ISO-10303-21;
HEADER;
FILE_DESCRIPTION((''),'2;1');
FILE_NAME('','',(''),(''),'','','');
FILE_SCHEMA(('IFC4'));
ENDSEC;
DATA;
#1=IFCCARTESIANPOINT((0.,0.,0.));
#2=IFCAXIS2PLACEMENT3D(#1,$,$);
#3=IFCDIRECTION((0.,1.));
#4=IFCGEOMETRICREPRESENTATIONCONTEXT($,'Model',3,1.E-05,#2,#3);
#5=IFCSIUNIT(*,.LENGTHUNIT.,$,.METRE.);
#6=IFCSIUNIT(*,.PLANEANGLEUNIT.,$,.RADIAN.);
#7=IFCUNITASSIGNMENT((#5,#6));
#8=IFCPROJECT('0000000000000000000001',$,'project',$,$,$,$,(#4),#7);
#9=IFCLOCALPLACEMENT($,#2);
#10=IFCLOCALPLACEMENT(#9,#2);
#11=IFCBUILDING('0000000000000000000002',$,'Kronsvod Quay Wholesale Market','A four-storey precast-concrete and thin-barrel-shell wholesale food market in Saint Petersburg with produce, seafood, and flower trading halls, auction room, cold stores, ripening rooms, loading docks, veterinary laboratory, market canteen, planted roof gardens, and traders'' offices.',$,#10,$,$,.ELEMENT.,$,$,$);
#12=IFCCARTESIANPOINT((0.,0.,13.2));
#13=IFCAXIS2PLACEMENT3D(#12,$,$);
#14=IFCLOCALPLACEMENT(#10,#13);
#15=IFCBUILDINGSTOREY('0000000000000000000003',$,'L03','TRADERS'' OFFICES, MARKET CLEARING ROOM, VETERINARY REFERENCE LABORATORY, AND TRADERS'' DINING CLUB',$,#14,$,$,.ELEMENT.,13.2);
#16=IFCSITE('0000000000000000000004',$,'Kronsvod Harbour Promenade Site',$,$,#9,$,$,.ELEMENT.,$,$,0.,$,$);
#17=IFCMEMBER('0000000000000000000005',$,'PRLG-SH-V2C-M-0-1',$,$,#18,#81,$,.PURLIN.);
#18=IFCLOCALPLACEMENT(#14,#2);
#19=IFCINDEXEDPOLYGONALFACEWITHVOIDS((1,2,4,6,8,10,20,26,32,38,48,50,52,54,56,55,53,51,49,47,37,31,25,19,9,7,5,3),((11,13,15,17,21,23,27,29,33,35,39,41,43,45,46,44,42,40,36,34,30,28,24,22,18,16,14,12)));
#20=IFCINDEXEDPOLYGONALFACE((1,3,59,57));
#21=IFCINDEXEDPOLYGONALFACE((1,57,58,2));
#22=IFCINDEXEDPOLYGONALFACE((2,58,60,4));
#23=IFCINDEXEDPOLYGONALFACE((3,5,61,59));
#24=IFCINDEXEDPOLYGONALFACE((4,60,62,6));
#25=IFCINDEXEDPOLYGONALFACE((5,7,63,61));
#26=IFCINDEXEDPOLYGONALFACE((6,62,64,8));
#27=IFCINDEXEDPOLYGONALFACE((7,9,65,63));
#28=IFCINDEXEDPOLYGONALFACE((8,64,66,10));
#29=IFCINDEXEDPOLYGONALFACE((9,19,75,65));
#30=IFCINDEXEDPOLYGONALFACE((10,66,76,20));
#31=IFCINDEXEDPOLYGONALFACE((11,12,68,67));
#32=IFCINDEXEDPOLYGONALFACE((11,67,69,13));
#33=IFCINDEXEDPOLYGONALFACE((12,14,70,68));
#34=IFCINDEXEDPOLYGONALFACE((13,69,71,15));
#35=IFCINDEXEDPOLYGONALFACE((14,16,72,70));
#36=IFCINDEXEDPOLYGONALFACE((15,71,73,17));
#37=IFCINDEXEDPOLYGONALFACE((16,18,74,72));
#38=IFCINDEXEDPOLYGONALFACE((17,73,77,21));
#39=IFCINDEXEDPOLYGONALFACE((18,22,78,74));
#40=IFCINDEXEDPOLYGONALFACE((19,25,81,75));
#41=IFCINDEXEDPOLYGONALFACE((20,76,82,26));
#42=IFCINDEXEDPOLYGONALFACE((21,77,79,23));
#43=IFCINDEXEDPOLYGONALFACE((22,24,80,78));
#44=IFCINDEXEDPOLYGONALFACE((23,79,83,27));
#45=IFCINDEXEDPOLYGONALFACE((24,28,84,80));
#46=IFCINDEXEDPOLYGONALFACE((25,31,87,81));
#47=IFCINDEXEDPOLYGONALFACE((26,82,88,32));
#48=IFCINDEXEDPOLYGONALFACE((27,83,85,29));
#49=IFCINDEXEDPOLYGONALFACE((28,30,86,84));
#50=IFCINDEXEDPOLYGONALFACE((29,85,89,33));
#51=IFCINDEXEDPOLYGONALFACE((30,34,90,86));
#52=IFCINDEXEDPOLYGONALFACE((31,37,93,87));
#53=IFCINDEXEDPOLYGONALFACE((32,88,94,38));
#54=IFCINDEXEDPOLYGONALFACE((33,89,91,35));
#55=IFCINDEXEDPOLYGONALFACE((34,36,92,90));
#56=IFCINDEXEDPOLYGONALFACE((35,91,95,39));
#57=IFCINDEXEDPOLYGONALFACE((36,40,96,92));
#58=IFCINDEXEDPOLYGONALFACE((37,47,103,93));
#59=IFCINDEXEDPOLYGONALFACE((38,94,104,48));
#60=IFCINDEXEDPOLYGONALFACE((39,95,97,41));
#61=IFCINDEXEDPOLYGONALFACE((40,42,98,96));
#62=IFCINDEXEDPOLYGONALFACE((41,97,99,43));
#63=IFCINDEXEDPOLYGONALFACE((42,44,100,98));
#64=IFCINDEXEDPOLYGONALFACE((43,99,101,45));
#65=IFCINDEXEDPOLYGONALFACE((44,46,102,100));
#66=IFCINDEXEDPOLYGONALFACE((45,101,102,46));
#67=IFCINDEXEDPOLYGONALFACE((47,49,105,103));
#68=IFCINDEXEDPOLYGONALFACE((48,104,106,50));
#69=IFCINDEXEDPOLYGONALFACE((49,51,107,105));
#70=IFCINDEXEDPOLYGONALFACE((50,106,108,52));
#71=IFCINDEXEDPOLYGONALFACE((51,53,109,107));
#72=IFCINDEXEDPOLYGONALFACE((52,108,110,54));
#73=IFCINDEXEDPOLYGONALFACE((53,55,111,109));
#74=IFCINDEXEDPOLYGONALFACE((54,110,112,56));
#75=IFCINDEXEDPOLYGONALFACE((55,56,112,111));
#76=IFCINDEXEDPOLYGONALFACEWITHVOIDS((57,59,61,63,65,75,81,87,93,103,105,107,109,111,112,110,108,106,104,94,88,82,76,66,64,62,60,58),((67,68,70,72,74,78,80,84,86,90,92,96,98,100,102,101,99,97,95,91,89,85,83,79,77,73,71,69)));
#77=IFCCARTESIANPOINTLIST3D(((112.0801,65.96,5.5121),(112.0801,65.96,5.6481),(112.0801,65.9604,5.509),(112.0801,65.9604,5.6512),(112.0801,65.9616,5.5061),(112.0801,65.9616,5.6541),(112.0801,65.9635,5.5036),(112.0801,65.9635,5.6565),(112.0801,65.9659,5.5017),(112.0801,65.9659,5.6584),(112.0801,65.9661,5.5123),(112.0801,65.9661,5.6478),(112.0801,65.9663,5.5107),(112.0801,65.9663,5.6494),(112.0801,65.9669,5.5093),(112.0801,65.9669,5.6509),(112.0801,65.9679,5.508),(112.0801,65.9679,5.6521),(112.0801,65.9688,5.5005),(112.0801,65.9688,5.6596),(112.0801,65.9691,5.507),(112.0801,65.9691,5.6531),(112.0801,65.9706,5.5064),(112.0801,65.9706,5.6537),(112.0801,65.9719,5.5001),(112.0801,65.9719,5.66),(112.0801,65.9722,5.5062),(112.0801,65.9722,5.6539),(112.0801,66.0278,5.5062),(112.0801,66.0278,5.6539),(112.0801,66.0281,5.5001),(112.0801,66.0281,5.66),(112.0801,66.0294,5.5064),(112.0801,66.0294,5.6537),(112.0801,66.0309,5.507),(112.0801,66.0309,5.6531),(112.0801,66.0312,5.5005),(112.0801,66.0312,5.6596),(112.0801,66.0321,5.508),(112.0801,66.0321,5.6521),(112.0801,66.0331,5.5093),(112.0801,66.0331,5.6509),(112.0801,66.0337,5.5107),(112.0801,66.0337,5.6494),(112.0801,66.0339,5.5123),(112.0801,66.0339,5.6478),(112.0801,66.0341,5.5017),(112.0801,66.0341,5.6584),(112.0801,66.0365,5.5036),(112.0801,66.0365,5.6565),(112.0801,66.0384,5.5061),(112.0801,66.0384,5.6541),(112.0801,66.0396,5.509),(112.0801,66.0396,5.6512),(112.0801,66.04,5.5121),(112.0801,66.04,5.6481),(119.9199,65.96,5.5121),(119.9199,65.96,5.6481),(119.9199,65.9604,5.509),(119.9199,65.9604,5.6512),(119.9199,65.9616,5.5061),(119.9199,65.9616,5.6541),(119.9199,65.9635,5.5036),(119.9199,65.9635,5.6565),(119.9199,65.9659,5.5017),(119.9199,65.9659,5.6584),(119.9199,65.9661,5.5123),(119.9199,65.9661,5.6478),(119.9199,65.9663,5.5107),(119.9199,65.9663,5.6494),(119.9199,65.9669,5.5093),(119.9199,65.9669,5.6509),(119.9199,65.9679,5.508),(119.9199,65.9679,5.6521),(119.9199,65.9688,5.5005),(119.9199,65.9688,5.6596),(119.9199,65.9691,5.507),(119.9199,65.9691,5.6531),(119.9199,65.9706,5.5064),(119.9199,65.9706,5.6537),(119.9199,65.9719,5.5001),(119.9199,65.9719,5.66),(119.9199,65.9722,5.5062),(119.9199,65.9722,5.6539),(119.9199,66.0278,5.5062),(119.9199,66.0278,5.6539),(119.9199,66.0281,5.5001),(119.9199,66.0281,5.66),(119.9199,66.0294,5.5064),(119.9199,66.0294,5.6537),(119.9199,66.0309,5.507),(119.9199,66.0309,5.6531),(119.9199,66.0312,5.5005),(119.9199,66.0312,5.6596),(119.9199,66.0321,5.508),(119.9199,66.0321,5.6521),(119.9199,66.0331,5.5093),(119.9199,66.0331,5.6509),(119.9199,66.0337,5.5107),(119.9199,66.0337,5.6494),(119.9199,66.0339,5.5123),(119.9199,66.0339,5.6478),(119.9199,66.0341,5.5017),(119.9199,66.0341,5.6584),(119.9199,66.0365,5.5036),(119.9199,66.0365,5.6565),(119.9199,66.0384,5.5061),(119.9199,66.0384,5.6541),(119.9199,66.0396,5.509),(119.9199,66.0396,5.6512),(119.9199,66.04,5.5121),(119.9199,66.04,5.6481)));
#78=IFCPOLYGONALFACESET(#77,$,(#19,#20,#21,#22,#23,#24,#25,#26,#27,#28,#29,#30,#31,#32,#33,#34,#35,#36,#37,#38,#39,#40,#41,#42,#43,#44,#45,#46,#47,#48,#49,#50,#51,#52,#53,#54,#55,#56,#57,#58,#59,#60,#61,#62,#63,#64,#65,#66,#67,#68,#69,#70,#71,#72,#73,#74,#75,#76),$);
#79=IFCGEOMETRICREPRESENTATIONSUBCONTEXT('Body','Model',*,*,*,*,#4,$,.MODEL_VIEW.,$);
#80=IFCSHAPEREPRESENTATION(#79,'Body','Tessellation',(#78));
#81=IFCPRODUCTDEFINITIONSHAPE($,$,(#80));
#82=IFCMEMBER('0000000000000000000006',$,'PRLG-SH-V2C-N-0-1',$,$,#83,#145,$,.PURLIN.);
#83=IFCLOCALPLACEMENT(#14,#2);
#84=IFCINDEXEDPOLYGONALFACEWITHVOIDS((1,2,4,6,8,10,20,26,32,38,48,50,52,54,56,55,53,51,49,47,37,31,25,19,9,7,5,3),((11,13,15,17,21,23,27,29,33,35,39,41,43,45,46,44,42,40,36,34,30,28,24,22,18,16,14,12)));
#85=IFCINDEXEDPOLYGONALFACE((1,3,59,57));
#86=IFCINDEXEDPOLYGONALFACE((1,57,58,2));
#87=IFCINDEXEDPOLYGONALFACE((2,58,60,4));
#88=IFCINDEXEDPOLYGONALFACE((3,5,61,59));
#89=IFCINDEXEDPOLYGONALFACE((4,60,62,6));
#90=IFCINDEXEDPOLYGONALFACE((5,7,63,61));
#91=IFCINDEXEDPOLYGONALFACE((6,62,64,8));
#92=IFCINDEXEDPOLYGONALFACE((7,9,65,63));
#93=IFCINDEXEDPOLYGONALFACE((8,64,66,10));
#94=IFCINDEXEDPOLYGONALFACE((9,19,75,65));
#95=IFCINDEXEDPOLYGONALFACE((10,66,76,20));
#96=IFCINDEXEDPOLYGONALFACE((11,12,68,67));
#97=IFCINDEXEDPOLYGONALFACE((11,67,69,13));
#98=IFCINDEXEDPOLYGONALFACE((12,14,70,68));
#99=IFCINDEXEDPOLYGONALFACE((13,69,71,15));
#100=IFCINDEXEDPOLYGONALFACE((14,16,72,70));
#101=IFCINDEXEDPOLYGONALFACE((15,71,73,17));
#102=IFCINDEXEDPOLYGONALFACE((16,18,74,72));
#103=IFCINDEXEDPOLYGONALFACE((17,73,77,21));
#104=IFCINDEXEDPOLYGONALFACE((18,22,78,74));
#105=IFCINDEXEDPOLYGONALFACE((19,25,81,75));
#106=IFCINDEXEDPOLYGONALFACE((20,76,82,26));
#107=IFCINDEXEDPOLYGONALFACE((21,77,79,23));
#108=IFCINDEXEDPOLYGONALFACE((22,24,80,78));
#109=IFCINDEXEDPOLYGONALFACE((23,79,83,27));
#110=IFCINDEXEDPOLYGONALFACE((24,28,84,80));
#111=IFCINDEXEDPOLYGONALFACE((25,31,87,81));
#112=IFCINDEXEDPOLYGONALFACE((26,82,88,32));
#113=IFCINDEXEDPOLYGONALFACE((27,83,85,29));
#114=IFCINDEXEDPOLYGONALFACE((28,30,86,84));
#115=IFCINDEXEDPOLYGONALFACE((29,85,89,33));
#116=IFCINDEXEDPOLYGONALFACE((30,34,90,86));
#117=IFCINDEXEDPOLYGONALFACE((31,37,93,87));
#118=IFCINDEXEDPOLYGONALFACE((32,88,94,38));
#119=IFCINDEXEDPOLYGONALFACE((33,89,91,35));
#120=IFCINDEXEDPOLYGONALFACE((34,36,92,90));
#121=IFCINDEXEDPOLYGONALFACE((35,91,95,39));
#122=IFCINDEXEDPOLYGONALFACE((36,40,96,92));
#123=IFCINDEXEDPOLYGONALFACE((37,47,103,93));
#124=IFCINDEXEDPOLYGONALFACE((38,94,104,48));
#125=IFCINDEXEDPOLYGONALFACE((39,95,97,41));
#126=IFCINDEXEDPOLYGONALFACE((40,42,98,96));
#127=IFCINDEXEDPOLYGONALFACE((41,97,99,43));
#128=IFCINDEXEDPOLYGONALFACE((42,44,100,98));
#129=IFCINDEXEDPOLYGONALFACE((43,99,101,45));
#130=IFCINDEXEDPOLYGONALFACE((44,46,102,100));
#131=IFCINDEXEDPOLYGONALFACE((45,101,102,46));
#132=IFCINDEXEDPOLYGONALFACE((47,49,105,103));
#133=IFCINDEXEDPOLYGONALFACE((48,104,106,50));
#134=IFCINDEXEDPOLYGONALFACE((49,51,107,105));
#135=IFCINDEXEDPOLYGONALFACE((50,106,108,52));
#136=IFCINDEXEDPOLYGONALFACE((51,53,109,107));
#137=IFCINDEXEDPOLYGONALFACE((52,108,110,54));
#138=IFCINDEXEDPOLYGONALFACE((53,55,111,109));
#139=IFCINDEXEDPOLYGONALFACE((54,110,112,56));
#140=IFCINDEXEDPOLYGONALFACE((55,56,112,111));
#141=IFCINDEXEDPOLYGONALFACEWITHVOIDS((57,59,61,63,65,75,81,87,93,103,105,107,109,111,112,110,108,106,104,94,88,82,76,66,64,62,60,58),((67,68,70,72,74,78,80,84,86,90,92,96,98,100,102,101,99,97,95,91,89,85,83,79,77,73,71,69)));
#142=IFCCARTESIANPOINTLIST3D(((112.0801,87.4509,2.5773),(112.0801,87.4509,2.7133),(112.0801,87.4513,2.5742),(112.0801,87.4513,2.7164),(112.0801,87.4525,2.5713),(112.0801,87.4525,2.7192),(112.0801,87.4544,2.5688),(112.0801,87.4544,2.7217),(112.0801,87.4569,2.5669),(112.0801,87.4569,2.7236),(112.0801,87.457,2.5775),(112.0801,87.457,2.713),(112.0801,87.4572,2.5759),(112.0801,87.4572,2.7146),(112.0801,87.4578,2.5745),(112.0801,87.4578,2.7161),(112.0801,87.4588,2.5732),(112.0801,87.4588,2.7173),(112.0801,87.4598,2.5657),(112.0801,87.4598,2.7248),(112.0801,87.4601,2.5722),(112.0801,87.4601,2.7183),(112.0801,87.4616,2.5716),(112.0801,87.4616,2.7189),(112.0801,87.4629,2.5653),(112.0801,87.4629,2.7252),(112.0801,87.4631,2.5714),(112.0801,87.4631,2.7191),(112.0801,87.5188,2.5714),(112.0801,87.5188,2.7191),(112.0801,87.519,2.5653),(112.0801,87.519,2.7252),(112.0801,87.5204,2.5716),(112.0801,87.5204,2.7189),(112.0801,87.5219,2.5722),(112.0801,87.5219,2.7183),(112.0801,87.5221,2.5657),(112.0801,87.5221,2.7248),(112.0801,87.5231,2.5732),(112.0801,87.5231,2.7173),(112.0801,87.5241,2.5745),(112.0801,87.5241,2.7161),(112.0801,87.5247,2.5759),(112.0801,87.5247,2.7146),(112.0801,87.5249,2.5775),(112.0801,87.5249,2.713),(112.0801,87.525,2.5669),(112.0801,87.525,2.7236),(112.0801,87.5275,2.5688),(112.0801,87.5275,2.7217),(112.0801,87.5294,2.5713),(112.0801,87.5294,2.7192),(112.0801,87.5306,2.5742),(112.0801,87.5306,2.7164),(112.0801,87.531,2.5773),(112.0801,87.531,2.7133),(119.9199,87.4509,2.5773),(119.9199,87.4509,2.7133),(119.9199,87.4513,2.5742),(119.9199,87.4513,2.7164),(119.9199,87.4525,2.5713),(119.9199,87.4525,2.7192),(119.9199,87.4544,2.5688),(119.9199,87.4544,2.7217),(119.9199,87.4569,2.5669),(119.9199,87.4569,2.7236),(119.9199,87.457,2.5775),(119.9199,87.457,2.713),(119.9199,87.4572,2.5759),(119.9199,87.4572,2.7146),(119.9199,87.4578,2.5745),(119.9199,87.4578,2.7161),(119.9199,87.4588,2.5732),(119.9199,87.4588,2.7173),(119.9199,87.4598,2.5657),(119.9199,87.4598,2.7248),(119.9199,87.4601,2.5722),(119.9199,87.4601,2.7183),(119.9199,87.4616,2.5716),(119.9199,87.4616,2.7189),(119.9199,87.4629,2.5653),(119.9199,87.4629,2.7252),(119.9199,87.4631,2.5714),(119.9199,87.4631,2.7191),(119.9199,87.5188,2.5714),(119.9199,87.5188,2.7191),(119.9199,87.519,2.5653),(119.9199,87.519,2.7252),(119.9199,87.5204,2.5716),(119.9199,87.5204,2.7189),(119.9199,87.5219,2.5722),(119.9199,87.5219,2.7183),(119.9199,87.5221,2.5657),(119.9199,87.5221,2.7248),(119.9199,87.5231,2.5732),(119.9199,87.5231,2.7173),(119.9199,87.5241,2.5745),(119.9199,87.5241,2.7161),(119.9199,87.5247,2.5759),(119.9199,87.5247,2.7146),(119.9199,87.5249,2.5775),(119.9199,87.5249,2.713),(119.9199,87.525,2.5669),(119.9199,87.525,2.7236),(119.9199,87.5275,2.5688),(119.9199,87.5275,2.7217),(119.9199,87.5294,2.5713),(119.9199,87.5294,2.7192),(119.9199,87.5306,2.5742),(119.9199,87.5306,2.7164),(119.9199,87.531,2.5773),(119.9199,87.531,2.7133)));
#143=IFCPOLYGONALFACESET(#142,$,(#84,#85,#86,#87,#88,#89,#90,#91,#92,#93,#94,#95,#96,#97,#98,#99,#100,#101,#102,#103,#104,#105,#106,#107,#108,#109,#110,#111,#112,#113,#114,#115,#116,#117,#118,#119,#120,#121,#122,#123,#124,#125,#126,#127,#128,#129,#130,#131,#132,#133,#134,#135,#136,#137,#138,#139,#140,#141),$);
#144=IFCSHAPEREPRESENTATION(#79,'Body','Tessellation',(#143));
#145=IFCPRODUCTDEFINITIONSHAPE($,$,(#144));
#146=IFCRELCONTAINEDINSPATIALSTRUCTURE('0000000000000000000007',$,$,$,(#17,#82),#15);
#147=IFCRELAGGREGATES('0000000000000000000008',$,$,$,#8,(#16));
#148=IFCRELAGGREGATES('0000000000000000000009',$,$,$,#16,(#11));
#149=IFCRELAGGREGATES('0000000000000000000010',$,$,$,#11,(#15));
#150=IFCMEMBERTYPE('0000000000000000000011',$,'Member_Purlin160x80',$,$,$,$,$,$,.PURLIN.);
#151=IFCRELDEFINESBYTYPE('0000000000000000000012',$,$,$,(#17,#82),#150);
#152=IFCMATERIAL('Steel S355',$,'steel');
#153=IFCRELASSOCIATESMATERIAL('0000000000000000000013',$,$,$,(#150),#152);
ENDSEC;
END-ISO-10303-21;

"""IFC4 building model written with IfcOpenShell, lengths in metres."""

from ifc_helpers import new_model, si_unit, direction, frame, origin, origin_2d, place, context, subcontext, project, spatial, hollow_rectangle, extrude, material, material_profile, profile_set, type_object, element, save


model = new_model("IFC4")

# Units and contexts
model_context = context("Model", 3, precision=1e-05, world=origin(), true_north=direction((0.0, 1.0)))
body_context = subcontext(model_context, "Body", "Model", "MODEL_VIEW")
ifc_project = project(units=[si_unit("LENGTHUNIT", "METRE"), si_unit("PLANEANGLEUNIT", "RADIAN")], contexts=[model_context])

# Site, building, storey
site_placement = place(None, origin())
site = spatial("IfcSite", under=ifc_project, at=site_placement, Name="Kronsvod Harbour Promenade Site", CompositionType="ELEMENT", RefElevation=0.0)
building_placement = place(site_placement, origin())
building = spatial("IfcBuilding", under=site, at=building_placement, Name="Kronsvod Quay Wholesale Market", Description="A four-storey precast-concrete and thin-barrel-shell wholesale food market in Saint Petersburg with produce, seafood, and flower trading halls, auction room, cold stores, ripening rooms, loading docks, veterinary laboratory, market canteen, planted roof gardens, and traders' offices.", CompositionType="ELEMENT")
storey_placement = place(building_placement, frame((0.0, 0.0, 13.2)))
storey = spatial("IfcBuildingStorey", under=building, at=storey_placement, Name="L03", Description="TRADERS' OFFICES, MARKET CLEARING ROOM, VETERINARY REFERENCE LABORATORY, AND TRADERS' DINING CLUB", CompositionType="ELEMENT", Elevation=13.2)

# Members
ifc_material_1 = material(Name="Steel S355", Category="steel")
ifc_material_profile_1 = material_profile(ifc_material_1, hollow_rectangle(XDim=0.0801, YDim=0.1599, WallThickness=0.0061, InnerFilletRadius=0.0061, OuterFilletRadius=0.012, at=origin_2d()), Name="RHS160x80x6")
ifc_profile_set_1 = profile_set([ifc_material_profile_1], Name="Steel S355")
member_type_1 = type_object("IfcMemberType", Name="Member_Purlin160x80", PredefinedType="PURLIN", material=ifc_profile_set_1)
for number, where, z_axis, x_axis, name in (
    (1, (112.0801, 66.0, 5.5801), (1.0, 0.0, 0.0), (0.0, 1.0, 0.0), "PRLG-SH-V2C-M-0-1"),
    (2, (112.0801, 87.491, 2.6453), (1.0, 0.0, 0.0), (0.0, 1.0, 0.0), "PRLG-SH-V2C-N-0-1"),
):
    element("IfcMember", number, at=place(storey_placement, frame(where, z_axis=z_axis, x_axis=x_axis)), inside=storey, type_object=member_type_1, Name=name, PredefinedType="PURLIN", context=body_context, shape_type="SweptSolid", body=[
        extrude(hollow_rectangle(XDim=0.0801, YDim=0.1599, WallThickness=0.0061, InnerFilletRadius=0.0061, OuterFilletRadius=0.012, at=origin_2d()), origin(), (0.0, 0.0, 1.0), 7.8398),
    ])

save(model, "model.ifc")
